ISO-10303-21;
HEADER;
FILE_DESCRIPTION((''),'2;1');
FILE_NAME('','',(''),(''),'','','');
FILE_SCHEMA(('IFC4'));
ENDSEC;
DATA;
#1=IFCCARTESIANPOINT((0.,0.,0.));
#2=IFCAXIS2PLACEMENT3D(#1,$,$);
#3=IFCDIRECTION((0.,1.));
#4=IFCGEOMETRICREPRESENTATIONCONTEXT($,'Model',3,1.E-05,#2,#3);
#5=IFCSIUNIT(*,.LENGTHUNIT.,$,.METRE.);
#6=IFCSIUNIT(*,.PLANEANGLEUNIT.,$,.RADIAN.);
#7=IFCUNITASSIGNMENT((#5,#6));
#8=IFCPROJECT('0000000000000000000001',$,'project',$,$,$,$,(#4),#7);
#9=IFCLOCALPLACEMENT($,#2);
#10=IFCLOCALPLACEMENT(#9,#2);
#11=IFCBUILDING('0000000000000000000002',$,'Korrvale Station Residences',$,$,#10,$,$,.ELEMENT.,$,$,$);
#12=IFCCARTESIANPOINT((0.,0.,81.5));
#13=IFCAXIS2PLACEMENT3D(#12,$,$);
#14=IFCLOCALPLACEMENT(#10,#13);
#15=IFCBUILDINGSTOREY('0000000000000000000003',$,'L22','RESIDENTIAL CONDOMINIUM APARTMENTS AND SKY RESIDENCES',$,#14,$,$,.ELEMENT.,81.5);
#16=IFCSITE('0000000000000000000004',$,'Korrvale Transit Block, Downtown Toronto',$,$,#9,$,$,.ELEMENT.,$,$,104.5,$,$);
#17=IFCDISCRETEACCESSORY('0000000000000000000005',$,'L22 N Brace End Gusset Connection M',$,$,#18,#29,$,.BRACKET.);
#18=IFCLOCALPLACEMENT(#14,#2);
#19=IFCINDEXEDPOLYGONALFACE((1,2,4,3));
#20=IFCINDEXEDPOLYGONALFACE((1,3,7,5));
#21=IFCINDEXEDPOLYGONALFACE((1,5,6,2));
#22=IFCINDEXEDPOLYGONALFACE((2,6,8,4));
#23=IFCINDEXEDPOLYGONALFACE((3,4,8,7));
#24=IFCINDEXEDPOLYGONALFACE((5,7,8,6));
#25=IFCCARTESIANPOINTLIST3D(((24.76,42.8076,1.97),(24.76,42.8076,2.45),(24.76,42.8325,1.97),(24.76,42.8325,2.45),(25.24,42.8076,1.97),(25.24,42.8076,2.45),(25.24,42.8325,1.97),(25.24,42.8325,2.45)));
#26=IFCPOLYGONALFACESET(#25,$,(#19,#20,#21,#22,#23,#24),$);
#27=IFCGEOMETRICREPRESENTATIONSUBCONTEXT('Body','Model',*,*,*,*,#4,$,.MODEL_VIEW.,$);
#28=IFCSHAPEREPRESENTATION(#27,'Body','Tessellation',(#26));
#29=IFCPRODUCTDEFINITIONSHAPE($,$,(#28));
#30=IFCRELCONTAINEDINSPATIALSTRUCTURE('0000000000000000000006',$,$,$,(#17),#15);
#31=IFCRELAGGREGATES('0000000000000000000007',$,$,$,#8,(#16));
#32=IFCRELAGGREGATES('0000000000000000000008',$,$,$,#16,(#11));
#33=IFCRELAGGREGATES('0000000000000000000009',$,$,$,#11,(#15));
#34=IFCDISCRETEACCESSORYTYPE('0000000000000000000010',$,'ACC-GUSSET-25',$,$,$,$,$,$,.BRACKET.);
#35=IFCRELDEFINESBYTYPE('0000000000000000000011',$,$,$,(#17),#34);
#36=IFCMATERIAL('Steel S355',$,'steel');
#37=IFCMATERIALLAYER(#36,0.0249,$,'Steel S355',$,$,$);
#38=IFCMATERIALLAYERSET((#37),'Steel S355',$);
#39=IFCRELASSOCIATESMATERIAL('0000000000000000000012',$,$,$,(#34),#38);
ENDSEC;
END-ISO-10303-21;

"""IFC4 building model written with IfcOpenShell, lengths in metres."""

from ifc_helpers import new_model, si_unit, direction, frame, origin, origin_2d, place, context, subcontext, project, spatial, rectangle, extrude, material, layer, layer_set, type_object, element, save


model = new_model("IFC4")

# Units and contexts
model_context = context("Model", 3, precision=1e-05, world=origin(), true_north=direction((0.0, 1.0)))
body_context = subcontext(model_context, "Body", "Model", "MODEL_VIEW")
ifc_project = project(units=[si_unit("LENGTHUNIT", "METRE"), si_unit("PLANEANGLEUNIT", "RADIAN")], contexts=[model_context])

# Site, building, storey
site_placement = place(None, origin())
site = spatial("IfcSite", under=ifc_project, at=site_placement, Name="Korrvale Transit Block, Downtown Toronto", CompositionType="ELEMENT", RefElevation=104.5)
building_placement = place(site_placement, origin())
building = spatial("IfcBuilding", under=site, at=building_placement, Name="Korrvale Station Residences", CompositionType="ELEMENT")
storey_placement = place(building_placement, frame((0.0, 0.0, 81.5)))
storey = spatial("IfcBuildingStorey", under=building, at=storey_placement, Name="L22", Description="RESIDENTIAL CONDOMINIUM APARTMENTS AND SKY RESIDENCES", CompositionType="ELEMENT", Elevation=81.5)

# Shared definitions
ifc_material_1 = material(Name="Steel S355", Category="steel")

# Discrete accessory
ifc_layer_1 = layer(ifc_material_1, 0.0249, Name="Steel S355")
ifc_layer_set_1 = layer_set([ifc_layer_1], Name="Steel S355")
discrete_accessory_type = type_object("IfcDiscreteAccessoryType", Name="ACC-GUSSET-25", PredefinedType="BRACKET", material=ifc_layer_set_1)
for number, where, z_axis, x_axis, name in (
    (1, (25.0, 42.8201, 1.97), (0.0, 0.0, 1.0), (1.0, 0.0, 0.0), "L22 N Brace End Gusset Connection M"),
):
    element("IfcDiscreteAccessory", number, at=place(storey_placement, frame(where, z_axis=z_axis, x_axis=x_axis)), inside=storey, type_object=discrete_accessory_type, Name=name, PredefinedType="BRACKET", context=body_context, shape_type="SweptSolid", body=[
        extrude(rectangle(XDim=0.48, YDim=0.0249, at=origin_2d()), origin(), (0.0, 0.0, 1.0), 0.48),
    ])

save(model, "model.ifc")
